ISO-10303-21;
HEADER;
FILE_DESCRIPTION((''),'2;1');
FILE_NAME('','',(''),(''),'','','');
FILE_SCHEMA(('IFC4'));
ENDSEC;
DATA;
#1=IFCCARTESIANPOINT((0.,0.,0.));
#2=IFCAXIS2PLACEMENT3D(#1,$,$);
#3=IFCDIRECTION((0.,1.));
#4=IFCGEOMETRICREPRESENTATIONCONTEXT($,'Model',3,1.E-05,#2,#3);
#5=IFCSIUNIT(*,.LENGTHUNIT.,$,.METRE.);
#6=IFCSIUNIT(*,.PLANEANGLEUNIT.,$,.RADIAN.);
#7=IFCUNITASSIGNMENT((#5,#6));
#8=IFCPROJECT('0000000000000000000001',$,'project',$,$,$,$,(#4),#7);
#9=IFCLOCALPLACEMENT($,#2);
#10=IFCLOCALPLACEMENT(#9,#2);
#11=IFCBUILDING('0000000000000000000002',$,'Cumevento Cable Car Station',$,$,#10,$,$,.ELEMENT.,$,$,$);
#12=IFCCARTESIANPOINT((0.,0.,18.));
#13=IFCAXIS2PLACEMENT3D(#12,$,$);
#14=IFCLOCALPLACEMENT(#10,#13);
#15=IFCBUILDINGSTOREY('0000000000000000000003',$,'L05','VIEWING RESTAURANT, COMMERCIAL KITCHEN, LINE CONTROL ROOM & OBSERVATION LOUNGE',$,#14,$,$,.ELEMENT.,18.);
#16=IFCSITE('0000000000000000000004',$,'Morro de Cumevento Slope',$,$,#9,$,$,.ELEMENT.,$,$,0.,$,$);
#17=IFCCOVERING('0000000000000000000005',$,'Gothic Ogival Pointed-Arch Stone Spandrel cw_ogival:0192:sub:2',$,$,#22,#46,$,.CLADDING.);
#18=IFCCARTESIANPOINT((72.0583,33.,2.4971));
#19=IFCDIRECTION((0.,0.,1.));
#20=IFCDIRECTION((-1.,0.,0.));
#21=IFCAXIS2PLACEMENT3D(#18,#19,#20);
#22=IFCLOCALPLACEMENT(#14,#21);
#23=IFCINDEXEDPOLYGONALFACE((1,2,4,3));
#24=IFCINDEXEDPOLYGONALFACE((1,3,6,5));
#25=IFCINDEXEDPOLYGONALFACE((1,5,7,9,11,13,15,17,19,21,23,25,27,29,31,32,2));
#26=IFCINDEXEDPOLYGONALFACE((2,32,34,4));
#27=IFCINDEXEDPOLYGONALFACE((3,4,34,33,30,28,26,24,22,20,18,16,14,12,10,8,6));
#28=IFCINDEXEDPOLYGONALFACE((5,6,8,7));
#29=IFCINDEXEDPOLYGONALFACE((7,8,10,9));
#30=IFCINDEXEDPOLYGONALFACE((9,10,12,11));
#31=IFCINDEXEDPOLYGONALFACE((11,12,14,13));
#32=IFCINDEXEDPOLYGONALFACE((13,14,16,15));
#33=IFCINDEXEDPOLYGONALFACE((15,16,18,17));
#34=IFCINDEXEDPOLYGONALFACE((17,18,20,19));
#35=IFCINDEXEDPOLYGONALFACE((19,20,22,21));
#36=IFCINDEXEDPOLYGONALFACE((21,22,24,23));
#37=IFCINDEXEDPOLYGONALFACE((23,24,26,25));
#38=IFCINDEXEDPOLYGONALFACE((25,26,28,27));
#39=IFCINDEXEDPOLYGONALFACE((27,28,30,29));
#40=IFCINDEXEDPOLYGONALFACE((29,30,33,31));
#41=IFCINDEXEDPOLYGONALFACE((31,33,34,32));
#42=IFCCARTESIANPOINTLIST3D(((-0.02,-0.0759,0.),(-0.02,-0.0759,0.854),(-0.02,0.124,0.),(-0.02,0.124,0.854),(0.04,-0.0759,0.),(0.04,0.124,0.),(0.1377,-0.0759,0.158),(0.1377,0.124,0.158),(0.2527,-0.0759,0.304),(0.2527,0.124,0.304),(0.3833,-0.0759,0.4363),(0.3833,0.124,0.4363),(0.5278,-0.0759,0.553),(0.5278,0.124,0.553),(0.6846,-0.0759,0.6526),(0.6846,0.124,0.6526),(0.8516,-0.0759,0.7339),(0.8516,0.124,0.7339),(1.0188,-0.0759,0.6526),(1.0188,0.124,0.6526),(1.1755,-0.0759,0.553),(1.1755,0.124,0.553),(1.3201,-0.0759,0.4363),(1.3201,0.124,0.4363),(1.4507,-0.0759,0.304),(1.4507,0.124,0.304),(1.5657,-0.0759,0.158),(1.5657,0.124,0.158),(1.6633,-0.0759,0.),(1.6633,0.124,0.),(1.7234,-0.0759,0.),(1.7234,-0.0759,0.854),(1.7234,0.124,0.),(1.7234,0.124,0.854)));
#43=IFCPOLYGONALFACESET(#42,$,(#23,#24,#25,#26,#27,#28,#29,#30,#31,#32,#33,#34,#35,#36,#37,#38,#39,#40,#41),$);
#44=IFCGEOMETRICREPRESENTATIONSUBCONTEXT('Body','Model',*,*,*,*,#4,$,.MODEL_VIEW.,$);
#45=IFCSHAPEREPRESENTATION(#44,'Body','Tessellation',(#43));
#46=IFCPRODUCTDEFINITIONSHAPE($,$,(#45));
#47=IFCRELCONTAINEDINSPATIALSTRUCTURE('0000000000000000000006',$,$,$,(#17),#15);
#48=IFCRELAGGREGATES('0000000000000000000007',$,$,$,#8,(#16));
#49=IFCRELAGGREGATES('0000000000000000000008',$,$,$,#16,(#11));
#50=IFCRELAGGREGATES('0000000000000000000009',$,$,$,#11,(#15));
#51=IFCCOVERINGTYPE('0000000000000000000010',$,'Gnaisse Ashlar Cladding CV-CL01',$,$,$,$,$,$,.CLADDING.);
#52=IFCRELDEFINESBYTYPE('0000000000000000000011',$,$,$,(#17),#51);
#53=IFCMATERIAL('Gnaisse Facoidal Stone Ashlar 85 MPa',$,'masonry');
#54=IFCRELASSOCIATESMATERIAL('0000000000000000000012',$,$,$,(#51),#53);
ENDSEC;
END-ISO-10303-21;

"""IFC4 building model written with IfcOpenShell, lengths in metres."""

from ifc_helpers import new_model, si_unit, direction, frame, origin, place, context, subcontext, project, spatial, polyline, outline, extrude, material, type_object, element, save


model = new_model("IFC4")

# Units and contexts
model_context = context("Model", 3, precision=1e-05, world=origin(), true_north=direction((0.0, 1.0)))
body_context = subcontext(model_context, "Body", "Model", "MODEL_VIEW")
ifc_project = project(units=[si_unit("LENGTHUNIT", "METRE"), si_unit("PLANEANGLEUNIT", "RADIAN")], contexts=[model_context])

# Site, building, storey
site_placement = place(None, origin())
site = spatial("IfcSite", under=ifc_project, at=site_placement, Name="Morro de Cumevento Slope", CompositionType="ELEMENT", RefElevation=0.0)
building_placement = place(site_placement, origin())
building = spatial("IfcBuilding", under=site, at=building_placement, Name="Cumevento Cable Car Station", CompositionType="ELEMENT")
storey_placement = place(building_placement, frame((0.0, 0.0, 18.0)))
storey = spatial("IfcBuildingStorey", under=building, at=storey_placement, Name="L05", Description="VIEWING RESTAURANT, COMMERCIAL KITCHEN, LINE CONTROL ROOM & OBSERVATION LOUNGE", CompositionType="ELEMENT", Elevation=18.0)

# Covering
ifc_material_1 = material(Name="Gnaisse Facoidal Stone Ashlar 85 MPa", Category="masonry")
covering_type = type_object("IfcCoveringType", Name="Gnaisse Ashlar Cladding CV-CL01", PredefinedType="CLADDING", material=ifc_material_1)
covering_1_placement = place(storey_placement, frame((72.0583, 33.0, 2.4971), z_axis=(0.0, 0.0, 1.0), x_axis=(-1.0, 0.0, 0.0)))
element("IfcCovering", 1, at=covering_1_placement, inside=storey, type_object=covering_type, Name="Gothic Ogival Pointed-Arch Stone Spandrel cw_ogival:0192:sub:2", PredefinedType="CLADDING", context=body_context, shape_type="SweptSolid", body=[
    extrude(outline(polyline([(-0.02, 0.0), (-0.02, 0.854), (1.7234, 0.854), (1.7234, 0.0), (1.6633, 0.0), (1.5657, 0.158), (1.4507, 0.304), (1.3201, 0.4363), (1.1755, 0.553), (1.0188, 0.6526), (0.8516, 0.7339), (0.6846, 0.6526), (0.5278, 0.553), (0.3833, 0.4363), (0.2527, 0.304), (0.1377, 0.158), (0.04, 0.0), (-0.02, 0.0)])), frame((0.0, 0.124, 0.0), z_axis=(0.0, -1.0, 0.0), x_axis=(1.0, 0.0, 0.0)), (0.0, 0.0, 1.0), 0.2),
])

save(model, "model.ifc")
